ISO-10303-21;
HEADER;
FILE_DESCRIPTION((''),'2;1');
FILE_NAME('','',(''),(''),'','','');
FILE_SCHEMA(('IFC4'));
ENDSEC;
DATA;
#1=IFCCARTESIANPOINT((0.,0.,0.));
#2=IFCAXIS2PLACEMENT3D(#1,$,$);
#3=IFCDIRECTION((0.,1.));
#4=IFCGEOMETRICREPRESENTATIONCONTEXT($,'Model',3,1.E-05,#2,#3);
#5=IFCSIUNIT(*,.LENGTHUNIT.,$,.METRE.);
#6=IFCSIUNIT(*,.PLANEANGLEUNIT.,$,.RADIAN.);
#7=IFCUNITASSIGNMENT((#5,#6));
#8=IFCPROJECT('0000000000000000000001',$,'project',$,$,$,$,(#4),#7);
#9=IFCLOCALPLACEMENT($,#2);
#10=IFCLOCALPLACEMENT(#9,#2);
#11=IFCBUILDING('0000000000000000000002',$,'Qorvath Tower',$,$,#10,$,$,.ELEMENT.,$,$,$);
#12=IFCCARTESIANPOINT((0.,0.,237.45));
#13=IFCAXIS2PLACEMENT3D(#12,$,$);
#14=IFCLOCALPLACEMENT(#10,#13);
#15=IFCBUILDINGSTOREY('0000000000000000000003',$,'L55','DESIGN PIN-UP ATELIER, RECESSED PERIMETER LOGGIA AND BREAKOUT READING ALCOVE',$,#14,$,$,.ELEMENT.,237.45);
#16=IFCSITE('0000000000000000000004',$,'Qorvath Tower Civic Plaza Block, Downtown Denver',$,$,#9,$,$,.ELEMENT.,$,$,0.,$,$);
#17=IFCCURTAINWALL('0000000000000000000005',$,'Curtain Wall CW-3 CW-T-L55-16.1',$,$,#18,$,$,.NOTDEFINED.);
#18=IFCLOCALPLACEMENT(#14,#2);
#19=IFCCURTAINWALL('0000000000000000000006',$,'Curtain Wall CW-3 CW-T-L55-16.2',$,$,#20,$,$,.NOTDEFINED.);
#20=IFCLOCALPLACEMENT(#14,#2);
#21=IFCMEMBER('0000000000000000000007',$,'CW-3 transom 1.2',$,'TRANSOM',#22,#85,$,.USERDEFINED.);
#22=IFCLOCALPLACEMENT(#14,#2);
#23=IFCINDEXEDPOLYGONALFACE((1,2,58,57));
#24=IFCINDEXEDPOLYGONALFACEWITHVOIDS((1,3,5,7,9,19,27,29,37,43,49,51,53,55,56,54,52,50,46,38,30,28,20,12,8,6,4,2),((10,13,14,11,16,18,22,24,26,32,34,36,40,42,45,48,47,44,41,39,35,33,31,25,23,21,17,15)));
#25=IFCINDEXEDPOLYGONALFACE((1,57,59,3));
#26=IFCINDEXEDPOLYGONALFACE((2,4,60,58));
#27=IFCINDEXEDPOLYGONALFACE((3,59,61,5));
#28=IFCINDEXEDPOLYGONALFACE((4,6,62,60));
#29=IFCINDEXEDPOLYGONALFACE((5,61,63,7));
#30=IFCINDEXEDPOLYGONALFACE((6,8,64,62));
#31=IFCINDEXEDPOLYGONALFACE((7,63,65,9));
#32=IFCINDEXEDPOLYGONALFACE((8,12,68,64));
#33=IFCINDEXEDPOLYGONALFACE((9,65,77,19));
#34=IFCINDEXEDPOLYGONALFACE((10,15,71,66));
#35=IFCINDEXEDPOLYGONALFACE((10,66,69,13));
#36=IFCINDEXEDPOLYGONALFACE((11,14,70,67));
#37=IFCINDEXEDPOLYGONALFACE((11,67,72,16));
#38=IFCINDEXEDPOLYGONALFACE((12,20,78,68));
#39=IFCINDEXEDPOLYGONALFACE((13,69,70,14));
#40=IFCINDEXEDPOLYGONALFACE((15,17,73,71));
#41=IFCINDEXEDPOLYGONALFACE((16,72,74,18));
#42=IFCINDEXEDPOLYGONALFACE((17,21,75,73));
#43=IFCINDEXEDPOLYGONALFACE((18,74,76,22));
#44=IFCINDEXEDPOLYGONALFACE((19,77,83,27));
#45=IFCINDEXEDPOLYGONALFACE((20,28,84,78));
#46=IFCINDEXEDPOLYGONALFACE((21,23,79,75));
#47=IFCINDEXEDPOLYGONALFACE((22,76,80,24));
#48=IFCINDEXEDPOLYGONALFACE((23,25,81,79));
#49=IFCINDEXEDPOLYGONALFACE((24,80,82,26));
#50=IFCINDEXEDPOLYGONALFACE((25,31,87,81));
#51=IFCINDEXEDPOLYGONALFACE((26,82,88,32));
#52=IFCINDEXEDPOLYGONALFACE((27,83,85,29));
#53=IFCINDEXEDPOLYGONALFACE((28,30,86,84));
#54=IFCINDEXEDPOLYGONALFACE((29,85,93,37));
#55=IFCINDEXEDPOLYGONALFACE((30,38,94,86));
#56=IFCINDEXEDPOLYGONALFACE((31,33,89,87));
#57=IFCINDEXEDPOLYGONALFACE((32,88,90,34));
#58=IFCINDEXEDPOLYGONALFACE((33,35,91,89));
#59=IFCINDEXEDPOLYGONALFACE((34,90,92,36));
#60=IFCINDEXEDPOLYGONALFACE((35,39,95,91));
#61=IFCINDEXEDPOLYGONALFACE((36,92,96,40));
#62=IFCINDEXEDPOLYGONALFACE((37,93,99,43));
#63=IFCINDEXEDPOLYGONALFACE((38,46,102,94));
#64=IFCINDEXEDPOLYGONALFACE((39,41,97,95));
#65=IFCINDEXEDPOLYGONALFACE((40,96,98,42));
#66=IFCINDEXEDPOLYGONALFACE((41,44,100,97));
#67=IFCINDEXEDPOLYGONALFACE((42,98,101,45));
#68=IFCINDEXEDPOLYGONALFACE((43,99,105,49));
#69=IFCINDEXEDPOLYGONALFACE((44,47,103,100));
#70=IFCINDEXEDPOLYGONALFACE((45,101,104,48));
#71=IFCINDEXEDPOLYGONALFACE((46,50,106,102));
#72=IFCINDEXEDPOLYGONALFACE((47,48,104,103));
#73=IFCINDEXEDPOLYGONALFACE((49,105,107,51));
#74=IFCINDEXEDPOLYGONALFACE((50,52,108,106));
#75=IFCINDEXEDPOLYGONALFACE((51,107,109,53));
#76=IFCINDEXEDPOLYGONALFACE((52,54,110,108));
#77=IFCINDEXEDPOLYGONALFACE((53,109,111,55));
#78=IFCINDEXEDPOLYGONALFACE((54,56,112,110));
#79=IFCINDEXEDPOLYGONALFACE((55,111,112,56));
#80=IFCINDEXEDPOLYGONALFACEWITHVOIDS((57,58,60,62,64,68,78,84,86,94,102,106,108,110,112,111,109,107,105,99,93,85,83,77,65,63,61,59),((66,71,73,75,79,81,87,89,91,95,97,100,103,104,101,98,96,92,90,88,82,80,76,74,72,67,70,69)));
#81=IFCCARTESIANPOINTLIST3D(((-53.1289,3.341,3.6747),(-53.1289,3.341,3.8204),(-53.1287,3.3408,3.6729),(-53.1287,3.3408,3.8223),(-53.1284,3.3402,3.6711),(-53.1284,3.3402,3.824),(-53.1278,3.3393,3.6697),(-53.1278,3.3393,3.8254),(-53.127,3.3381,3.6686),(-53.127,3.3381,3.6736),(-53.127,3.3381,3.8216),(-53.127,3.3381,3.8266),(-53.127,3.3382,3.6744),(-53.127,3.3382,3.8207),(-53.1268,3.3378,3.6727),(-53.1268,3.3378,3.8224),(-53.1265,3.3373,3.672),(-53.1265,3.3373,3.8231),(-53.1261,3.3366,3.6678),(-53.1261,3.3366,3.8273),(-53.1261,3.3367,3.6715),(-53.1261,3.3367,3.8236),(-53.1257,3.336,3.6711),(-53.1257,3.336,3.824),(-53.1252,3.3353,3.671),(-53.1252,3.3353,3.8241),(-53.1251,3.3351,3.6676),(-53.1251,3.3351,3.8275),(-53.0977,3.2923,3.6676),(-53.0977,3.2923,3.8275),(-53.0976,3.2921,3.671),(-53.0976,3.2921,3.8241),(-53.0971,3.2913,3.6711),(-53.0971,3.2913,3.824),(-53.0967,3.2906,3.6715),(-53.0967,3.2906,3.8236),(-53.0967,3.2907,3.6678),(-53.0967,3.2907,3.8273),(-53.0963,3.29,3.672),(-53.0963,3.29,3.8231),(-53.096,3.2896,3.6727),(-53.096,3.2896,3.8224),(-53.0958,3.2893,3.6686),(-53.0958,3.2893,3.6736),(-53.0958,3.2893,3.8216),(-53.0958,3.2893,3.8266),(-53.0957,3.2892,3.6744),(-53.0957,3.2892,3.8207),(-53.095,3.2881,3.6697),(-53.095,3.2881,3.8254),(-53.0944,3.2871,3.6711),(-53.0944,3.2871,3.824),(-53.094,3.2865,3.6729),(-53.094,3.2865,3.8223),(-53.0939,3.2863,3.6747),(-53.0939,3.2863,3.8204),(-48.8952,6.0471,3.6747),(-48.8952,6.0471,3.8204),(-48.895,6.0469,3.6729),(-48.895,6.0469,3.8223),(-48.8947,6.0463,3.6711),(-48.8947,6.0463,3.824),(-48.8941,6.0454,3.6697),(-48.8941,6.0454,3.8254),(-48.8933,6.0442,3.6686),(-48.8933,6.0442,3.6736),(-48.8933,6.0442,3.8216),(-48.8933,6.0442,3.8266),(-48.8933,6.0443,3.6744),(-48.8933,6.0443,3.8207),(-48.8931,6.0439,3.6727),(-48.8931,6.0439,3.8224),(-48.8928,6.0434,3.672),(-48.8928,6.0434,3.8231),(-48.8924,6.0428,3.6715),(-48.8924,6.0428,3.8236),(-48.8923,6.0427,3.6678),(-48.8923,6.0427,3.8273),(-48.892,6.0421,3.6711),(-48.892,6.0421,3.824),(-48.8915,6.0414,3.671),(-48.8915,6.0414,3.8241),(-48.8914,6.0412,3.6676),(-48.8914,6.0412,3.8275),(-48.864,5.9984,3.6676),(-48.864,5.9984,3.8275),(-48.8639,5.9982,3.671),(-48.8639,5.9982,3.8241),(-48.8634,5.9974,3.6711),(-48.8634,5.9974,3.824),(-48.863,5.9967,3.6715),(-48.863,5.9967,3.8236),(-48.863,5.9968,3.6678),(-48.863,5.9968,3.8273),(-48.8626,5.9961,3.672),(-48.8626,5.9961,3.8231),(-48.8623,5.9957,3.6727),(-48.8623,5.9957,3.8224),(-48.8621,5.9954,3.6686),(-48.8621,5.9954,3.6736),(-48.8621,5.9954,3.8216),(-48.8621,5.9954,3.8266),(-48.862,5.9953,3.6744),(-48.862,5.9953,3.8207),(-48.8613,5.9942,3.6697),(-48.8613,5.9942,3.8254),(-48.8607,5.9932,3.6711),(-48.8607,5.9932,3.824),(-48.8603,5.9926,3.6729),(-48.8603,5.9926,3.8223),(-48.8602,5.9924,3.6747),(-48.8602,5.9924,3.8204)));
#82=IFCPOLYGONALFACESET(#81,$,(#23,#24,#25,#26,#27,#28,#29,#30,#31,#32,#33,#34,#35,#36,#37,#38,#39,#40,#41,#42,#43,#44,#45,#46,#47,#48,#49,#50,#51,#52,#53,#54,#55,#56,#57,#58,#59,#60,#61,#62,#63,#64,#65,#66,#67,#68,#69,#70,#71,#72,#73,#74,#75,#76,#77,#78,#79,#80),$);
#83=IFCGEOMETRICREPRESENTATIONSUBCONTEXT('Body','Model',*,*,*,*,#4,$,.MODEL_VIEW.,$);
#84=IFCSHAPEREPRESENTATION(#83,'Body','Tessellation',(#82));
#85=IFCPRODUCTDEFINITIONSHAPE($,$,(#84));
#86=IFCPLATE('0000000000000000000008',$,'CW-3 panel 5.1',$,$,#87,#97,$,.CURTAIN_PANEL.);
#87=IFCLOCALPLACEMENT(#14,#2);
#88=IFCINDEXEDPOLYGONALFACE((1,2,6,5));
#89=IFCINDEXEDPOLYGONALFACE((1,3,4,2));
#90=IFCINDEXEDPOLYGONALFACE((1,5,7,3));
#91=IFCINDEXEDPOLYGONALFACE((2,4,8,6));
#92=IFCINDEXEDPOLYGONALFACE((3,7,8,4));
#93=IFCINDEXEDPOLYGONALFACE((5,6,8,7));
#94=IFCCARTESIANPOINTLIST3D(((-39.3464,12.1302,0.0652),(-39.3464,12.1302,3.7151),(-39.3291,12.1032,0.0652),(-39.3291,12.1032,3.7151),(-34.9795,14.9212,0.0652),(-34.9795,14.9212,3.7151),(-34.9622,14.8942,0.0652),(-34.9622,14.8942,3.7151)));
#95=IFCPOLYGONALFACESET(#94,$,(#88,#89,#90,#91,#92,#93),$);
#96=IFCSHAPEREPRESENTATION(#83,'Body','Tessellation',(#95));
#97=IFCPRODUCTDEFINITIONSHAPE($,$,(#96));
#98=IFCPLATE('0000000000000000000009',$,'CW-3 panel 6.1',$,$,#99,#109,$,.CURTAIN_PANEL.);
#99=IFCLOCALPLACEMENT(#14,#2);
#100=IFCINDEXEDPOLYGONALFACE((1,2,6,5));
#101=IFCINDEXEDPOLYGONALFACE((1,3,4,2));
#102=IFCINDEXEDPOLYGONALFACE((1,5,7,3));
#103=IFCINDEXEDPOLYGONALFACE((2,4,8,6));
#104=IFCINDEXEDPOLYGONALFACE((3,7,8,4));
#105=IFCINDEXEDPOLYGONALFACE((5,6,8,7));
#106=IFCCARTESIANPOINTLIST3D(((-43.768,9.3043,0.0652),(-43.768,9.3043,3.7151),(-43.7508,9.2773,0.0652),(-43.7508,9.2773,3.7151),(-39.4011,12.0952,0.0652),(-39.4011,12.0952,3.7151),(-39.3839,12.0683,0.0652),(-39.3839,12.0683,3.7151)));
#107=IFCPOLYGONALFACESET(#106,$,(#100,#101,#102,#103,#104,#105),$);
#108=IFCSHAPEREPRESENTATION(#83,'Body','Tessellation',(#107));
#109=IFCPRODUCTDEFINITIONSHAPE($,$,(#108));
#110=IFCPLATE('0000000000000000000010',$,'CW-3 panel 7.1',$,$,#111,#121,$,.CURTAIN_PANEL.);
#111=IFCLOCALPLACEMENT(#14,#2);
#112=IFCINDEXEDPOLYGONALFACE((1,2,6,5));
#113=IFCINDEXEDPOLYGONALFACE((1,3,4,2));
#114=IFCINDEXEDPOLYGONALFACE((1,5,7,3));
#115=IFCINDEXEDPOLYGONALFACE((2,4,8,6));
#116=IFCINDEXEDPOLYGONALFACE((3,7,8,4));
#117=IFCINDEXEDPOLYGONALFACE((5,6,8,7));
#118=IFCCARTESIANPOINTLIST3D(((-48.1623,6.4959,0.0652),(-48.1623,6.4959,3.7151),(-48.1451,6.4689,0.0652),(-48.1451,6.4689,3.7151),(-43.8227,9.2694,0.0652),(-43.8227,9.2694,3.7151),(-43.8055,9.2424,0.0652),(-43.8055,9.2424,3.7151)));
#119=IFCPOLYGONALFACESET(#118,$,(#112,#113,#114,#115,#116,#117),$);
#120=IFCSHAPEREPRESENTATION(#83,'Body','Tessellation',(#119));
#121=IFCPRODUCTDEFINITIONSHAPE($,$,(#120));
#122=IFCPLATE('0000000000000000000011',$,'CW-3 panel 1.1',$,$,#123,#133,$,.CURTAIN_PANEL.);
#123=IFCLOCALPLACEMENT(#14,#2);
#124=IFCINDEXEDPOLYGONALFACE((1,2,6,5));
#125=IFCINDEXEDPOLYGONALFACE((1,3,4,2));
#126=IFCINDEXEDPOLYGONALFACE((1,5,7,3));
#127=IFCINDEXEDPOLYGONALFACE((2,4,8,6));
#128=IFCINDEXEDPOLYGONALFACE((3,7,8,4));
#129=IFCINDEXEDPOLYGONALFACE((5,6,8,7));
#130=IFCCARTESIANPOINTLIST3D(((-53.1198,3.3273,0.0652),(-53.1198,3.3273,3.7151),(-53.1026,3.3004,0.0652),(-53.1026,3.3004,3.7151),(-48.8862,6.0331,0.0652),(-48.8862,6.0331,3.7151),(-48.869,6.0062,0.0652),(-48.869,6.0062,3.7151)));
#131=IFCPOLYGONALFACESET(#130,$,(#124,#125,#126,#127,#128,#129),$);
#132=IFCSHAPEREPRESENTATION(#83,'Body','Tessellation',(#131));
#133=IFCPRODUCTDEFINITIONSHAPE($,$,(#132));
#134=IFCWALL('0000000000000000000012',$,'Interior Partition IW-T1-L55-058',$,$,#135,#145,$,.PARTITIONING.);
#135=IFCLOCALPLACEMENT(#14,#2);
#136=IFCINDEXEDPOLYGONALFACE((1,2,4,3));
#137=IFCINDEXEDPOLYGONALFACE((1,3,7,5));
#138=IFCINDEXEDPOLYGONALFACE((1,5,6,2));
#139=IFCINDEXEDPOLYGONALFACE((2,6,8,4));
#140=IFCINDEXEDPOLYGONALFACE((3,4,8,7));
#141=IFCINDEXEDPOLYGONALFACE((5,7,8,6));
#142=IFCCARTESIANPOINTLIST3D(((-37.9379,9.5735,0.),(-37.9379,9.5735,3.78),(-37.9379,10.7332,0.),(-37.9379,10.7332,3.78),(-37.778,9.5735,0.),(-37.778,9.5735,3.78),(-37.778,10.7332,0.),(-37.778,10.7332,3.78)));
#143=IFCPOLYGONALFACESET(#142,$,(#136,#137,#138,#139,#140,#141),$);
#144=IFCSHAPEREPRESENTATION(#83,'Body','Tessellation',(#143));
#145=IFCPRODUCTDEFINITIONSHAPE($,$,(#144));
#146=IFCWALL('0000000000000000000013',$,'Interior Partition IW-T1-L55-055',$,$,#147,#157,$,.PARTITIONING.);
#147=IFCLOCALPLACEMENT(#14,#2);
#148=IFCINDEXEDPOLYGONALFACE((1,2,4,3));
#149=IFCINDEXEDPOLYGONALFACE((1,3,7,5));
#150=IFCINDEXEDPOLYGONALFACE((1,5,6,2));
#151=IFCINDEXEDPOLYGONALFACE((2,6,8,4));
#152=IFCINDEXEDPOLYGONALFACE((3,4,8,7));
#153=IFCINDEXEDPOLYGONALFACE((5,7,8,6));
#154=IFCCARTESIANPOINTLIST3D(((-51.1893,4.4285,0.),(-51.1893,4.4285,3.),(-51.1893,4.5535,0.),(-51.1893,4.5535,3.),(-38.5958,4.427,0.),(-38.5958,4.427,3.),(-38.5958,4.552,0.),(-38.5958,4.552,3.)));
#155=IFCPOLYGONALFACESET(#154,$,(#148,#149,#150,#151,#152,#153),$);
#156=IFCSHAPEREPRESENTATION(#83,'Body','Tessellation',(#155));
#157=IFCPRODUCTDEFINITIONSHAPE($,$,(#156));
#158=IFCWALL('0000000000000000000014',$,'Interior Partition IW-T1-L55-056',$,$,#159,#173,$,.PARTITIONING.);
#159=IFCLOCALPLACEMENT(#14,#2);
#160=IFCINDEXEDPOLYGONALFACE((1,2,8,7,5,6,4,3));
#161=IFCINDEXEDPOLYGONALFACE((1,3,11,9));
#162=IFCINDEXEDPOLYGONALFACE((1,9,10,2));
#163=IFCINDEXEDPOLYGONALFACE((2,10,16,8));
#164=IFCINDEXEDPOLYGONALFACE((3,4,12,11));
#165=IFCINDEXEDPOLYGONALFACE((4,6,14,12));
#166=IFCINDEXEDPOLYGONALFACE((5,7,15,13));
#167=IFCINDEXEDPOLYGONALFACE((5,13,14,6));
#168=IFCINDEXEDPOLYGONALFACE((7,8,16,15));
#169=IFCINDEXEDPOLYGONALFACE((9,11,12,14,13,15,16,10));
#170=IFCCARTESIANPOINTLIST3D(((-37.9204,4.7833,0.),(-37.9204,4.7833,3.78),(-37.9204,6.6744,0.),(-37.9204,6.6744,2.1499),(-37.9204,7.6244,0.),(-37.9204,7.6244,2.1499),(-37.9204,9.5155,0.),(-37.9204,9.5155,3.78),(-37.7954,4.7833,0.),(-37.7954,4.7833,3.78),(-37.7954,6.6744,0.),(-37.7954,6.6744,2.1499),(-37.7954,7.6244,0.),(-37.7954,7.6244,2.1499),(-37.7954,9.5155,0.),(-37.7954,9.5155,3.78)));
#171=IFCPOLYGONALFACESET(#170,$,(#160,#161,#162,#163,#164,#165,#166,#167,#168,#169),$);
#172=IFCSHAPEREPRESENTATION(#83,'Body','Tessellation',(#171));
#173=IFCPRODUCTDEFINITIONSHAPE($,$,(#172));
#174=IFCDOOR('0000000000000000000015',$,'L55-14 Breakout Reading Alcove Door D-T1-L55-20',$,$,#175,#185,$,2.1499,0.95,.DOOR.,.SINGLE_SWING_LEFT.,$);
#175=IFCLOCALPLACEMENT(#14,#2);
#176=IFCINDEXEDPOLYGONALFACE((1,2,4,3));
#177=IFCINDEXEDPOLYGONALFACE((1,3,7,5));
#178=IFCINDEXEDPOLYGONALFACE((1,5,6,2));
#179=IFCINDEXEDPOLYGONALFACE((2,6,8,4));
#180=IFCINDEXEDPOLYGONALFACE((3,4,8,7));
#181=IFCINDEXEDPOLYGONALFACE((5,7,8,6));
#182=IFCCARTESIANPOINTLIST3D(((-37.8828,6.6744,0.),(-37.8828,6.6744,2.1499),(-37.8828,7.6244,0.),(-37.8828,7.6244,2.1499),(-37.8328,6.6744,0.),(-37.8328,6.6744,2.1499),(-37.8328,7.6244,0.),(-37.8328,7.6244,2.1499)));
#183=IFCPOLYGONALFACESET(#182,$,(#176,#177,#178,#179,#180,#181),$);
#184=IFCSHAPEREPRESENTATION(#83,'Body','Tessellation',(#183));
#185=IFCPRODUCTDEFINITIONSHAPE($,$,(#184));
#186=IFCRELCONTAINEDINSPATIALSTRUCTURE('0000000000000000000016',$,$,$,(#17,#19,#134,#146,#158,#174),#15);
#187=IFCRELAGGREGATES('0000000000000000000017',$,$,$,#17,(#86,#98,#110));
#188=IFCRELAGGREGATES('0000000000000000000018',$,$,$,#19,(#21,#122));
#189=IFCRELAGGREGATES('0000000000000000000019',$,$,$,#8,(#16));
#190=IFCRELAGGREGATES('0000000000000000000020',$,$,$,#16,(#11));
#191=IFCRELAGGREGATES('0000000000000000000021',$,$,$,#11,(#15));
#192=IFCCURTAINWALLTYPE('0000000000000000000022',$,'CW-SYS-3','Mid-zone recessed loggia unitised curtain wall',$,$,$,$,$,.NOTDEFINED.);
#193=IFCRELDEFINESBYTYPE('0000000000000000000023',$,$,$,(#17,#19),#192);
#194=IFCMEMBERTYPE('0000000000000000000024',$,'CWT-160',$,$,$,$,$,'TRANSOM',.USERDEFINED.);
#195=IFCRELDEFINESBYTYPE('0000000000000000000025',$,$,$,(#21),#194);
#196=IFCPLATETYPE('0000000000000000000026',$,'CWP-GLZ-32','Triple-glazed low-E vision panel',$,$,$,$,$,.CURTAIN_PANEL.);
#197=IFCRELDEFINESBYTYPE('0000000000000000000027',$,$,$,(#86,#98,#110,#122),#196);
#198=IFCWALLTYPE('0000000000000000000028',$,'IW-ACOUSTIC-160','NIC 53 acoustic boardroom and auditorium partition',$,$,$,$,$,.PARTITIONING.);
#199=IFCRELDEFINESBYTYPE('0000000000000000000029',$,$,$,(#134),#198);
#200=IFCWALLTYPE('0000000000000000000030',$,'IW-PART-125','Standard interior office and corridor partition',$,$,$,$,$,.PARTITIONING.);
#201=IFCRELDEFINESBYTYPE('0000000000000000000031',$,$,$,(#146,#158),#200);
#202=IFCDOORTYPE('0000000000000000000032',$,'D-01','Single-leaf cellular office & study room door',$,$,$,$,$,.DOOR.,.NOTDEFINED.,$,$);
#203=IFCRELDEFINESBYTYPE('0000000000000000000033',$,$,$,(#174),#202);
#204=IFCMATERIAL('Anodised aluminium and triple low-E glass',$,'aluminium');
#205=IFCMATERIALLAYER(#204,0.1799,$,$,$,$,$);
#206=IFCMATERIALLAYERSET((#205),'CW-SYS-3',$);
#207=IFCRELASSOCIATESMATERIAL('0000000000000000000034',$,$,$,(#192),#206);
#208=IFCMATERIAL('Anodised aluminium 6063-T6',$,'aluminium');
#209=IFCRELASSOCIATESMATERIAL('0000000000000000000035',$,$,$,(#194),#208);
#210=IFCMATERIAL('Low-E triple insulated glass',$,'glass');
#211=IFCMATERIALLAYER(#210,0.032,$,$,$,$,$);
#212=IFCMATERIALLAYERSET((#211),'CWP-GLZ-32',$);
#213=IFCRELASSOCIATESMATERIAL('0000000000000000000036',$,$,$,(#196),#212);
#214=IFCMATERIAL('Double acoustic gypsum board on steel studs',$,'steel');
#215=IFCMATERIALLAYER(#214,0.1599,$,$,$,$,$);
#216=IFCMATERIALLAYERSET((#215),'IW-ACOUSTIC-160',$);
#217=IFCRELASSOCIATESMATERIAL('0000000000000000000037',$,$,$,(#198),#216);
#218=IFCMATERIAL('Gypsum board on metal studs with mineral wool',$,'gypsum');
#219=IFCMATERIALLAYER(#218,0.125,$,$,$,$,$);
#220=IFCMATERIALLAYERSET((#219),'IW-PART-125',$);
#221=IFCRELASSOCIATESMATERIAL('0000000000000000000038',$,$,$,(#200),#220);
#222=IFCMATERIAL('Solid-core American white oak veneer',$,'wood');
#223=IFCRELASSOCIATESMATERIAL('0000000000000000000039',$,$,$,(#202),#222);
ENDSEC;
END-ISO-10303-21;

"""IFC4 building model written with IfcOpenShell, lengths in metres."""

from ifc_helpers import new_model, si_unit, direction, frame, frame_2d, origin, origin_2d, place, context, subcontext, project, spatial, rectangle, hollow_rectangle, extrude, material, layer, layer_set, material_profile, profile_set, type_object, element, fill, aggregate, save


model = new_model("IFC4")

# Units and contexts
model_context = context("Model", 3, precision=1e-05, world=origin(), true_north=direction((0.0, 1.0)))
body_context = subcontext(model_context, "Body", "Model", "MODEL_VIEW")
ifc_project = project(units=[si_unit("LENGTHUNIT", "METRE"), si_unit("PLANEANGLEUNIT", "RADIAN")], contexts=[model_context])

# Site, building, storey
site_placement = place(None, origin())
site = spatial("IfcSite", under=ifc_project, at=site_placement, Name="Qorvath Tower Civic Plaza Block, Downtown Denver", CompositionType="ELEMENT", RefElevation=0.0)
building_placement = place(site_placement, origin())
building = spatial("IfcBuilding", under=site, at=building_placement, Name="Qorvath Tower", CompositionType="ELEMENT")
storey_placement = place(building_placement, frame((0.0, 0.0, 237.45)))
storey = spatial("IfcBuildingStorey", under=building, at=storey_placement, Name="L55", Description="DESIGN PIN-UP ATELIER, RECESSED PERIMETER LOGGIA AND BREAKOUT READING ALCOVE", CompositionType="ELEMENT", Elevation=237.45)

# Curtain walls
ifc_material_1 = material(Name="Anodised aluminium and triple low-E glass", Category="aluminium")
ifc_layer_1 = layer(ifc_material_1, 0.1799)
ifc_layer_set_1 = layer_set([ifc_layer_1], Name="CW-SYS-3")
curtain_wall_type = type_object("IfcCurtainWallType", Name="CW-SYS-3", Description="Mid-zone recessed loggia unitised curtain wall", PredefinedType="NOTDEFINED", material=ifc_layer_set_1)
curtain_wall_1_placement = place(storey_placement, origin())
curtain_wall_1 = element("IfcCurtainWall", 1, at=curtain_wall_1_placement, inside=storey, type_object=curtain_wall_type, Name="Curtain Wall CW-3 CW-T-L55-16.1", PredefinedType="NOTDEFINED")
curtain_wall_2_placement = place(storey_placement, origin())
curtain_wall_2 = element("IfcCurtainWall", 2, at=curtain_wall_2_placement, inside=storey, type_object=curtain_wall_type, Name="Curtain Wall CW-3 CW-T-L55-16.2", PredefinedType="NOTDEFINED")

# Member
ifc_material_2 = material(Name="Anodised aluminium 6063-T6", Category="aluminium")
ifc_material_profile_1 = material_profile(ifc_material_2, hollow_rectangle(XDim=0.0649, YDim=0.1599, WallThickness=0.0034, InnerFilletRadius=0.0034, OuterFilletRadius=0.0071, at=origin_2d()), Name="CWT 160x65")
ifc_profile_set_1 = profile_set([ifc_material_profile_1], Name="Anodised aluminium 6063-T6")
member_type_1 = type_object("IfcMemberType", Name="CWT-160", ElementType="TRANSOM", PredefinedType="USERDEFINED", material=ifc_profile_set_1)
member_1_placement = place(storey_placement, frame((-48.8777, 6.0198, 3.7476), z_axis=(-0.842585, -0.538563, 0.0), x_axis=(0.538563, -0.842585, 0.0)))
member_1 = element("IfcMember", 3, at=member_1_placement, type_object=member_type_1, Name="CW-3 transom 1.2", ObjectType="TRANSOM", PredefinedType="USERDEFINED", context=body_context, shape_type="SweptSolid", body=[
    extrude(hollow_rectangle(XDim=0.0649, YDim=0.1599, WallThickness=0.0034, InnerFilletRadius=0.0034, OuterFilletRadius=0.0071, at=origin_2d()), origin(), (0.0, 0.0, 1.0), 5.0247),
])

# Plates
ifc_material_3 = material(Name="Low-E triple insulated glass", Category="glass")
ifc_layer_2 = layer(ifc_material_3, 0.032)
ifc_layer_set_2 = layer_set([ifc_layer_2], Name="CWP-GLZ-32")
plate_type = type_object("IfcPlateType", Name="CWP-GLZ-32", Description="Triple-glazed low-E vision panel", PredefinedType="CURTAIN_PANEL", material=ifc_layer_set_2)
plate_1_placement = place(storey_placement, frame((-37.1543, 13.5122, 0.0652), z_axis=(0.0, 0.0, 1.0), x_axis=(-0.842607, -0.538529, 0.0)))
plate_1 = element("IfcPlate", 4, at=plate_1_placement, type_object=plate_type, Name="CW-3 panel 5.1", PredefinedType="CURTAIN_PANEL", context=body_context, shape_type="SweptSolid", body=[
    extrude(rectangle(XDim=5.1826, YDim=0.032, at=origin_2d()), origin(), (0.0, 0.0, 1.0), 3.6499),
])
plate_2_placement = place(storey_placement, frame((-41.5759, 10.6863, 0.0652), z_axis=(0.0, 0.0, 1.0), x_axis=(-0.842607, -0.538529, 0.0)))
plate_2 = element("IfcPlate", 5, at=plate_2_placement, type_object=plate_type, Name="CW-3 panel 6.1", PredefinedType="CURTAIN_PANEL", context=body_context, shape_type="SweptSolid", body=[
    extrude(rectangle(XDim=5.1826, YDim=0.032, at=origin_2d()), origin(), (0.0, 0.0, 1.0), 3.6499),
])
plate_3_placement = place(storey_placement, frame((-45.9839, 7.8691, 0.0652), z_axis=(0.0, 0.0, 1.0), x_axis=(-0.842607, -0.538529, 0.0)))
plate_3 = element("IfcPlate", 6, at=plate_3_placement, type_object=plate_type, Name="CW-3 panel 7.1", PredefinedType="CURTAIN_PANEL", context=body_context, shape_type="SweptSolid", body=[
    extrude(rectangle(XDim=5.1501, YDim=0.032, at=origin_2d()), origin(), (0.0, 0.0, 1.0), 3.6499),
])
aggregate(curtain_wall_1, [plate_1, plate_2, plate_3])
plate_4_placement = place(storey_placement, frame((-50.9944, 4.6667, 0.0652), z_axis=(0.0, 0.0, 1.0), x_axis=(-0.842601, -0.538538, 0.0)))
plate_4 = element("IfcPlate", 7, at=plate_4_placement, type_object=plate_type, Name="CW-3 panel 1.1", PredefinedType="CURTAIN_PANEL", context=body_context, shape_type="SweptSolid", body=[
    extrude(rectangle(XDim=5.0244, YDim=0.032, at=origin_2d()), origin(), (0.0, 0.0, 1.0), 3.6499),
])
aggregate(curtain_wall_2, [member_1, plate_4])

# Wall
ifc_material_4 = material(Name="Double acoustic gypsum board on steel studs", Category="steel")
ifc_layer_3 = layer(ifc_material_4, 0.1599)
ifc_layer_set_3 = layer_set([ifc_layer_3], Name="IW-ACOUSTIC-160")
wall_type_1 = type_object("IfcWallType", Name="IW-ACOUSTIC-160", Description="NIC 53 acoustic boardroom and auditorium partition", PredefinedType="PARTITIONING", material=ifc_layer_set_3)
wall_1_placement = place(storey_placement, frame((-37.8579, 10.7332, 0.0), z_axis=(0.0, 0.0, 1.0), x_axis=(0.0, -1.0, 0.0)))
element("IfcWall", 8, at=wall_1_placement, inside=storey, type_object=wall_type_1, Name="Interior Partition IW-T1-L55-058", PredefinedType="PARTITIONING", context=body_context, shape_type="SweptSolid", body=[
    extrude(rectangle(XDim=1.1597, YDim=0.1599, at=frame_2d((0.5798, 0.0))), origin(), (0.0, 0.0, 1.0), 3.78),
])

# Wall
ifc_material_5 = material(Name="Gypsum board on metal studs with mineral wool", Category="gypsum")
ifc_layer_4 = layer(ifc_material_5, 0.125)
ifc_layer_set_4 = layer_set([ifc_layer_4], Name="IW-PART-125")
wall_type_2 = type_object("IfcWallType", Name="IW-PART-125", Description="Standard interior office and corridor partition", PredefinedType="PARTITIONING", material=ifc_layer_set_4)
wall_2_placement = place(storey_placement, frame((-38.5957, 4.4895, 0.0), z_axis=(0.0, 0.0, 1.0), x_axis=(-1.0, 0.000116, 0.0)))
element("IfcWall", 9, at=wall_2_placement, inside=storey, type_object=wall_type_2, Name="Interior Partition IW-T1-L55-055", PredefinedType="PARTITIONING", context=body_context, shape_type="SweptSolid", body=[
    extrude(rectangle(XDim=12.5935, YDim=0.125, at=frame_2d((6.2969, 0.0))), origin(), (0.0, 0.0, 1.0), 3.0),
])

# Wall, opening, door
wall_3_placement = place(storey_placement, frame((-37.8579, 4.7832, 0.0), z_axis=(0.0, 0.0, 1.0), x_axis=(0.0, 1.0, 0.0)))
wall_3 = element("IfcWall", 10, at=wall_3_placement, inside=storey, type_object=wall_type_2, Name="Interior Partition IW-T1-L55-056", PredefinedType="PARTITIONING", context=body_context, shape_type="SweptSolid", body=[
    extrude(rectangle(XDim=4.7322, YDim=0.125, at=frame_2d((2.3662, 0.0))), origin(), (0.0, 0.0, 1.0), 3.78),
])
opening_1_placement = place(wall_3_placement, frame((1.8911, 0.0, 0.0)))
opening_1 = element("IfcOpeningElement", 11, at=opening_1_placement, cuts=wall_3, PredefinedType="OPENING", context=body_context, shape_type="SweptSolid", body=[
    extrude(rectangle(XDim=0.95, YDim=2.1499, at=frame_2d((0.4751, 1.075))), frame((0.0, 0.0725, 0.0), z_axis=(0.0, -1.0, 0.0), x_axis=(1.0, 0.0, 0.0)), (0.0, 0.0, 1.0), 0.145),
])
ifc_material_6 = material(Name="Solid-core American white oak veneer", Category="wood")
door_type_1 = type_object("IfcDoorType", Name="D-01", Description="Single-leaf cellular office & study room door", OperationType="NOTDEFINED", PredefinedType="DOOR", material=ifc_material_6)
door_1_placement = place(opening_1_placement, origin())
door_1 = element("IfcDoor", 12, at=door_1_placement, inside=storey, type_object=door_type_1, Name="L55-14 Breakout Reading Alcove Door D-T1-L55-20", OperationType="SINGLE_SWING_LEFT", OverallHeight=2.1499, OverallWidth=0.95, PredefinedType="DOOR", context=body_context, shape_type="SweptSolid", body=[
    extrude(rectangle(XDim=0.95, YDim=2.1499, at=frame_2d((0.4751, 1.075))), frame((0.0, 0.0249, 0.0), z_axis=(0.0, -1.0, 0.0), x_axis=(1.0, 0.0, 0.0)), (0.0, 0.0, 1.0), 0.05),
])
fill(opening_1, door_1)

save(model, "model.ifc")
